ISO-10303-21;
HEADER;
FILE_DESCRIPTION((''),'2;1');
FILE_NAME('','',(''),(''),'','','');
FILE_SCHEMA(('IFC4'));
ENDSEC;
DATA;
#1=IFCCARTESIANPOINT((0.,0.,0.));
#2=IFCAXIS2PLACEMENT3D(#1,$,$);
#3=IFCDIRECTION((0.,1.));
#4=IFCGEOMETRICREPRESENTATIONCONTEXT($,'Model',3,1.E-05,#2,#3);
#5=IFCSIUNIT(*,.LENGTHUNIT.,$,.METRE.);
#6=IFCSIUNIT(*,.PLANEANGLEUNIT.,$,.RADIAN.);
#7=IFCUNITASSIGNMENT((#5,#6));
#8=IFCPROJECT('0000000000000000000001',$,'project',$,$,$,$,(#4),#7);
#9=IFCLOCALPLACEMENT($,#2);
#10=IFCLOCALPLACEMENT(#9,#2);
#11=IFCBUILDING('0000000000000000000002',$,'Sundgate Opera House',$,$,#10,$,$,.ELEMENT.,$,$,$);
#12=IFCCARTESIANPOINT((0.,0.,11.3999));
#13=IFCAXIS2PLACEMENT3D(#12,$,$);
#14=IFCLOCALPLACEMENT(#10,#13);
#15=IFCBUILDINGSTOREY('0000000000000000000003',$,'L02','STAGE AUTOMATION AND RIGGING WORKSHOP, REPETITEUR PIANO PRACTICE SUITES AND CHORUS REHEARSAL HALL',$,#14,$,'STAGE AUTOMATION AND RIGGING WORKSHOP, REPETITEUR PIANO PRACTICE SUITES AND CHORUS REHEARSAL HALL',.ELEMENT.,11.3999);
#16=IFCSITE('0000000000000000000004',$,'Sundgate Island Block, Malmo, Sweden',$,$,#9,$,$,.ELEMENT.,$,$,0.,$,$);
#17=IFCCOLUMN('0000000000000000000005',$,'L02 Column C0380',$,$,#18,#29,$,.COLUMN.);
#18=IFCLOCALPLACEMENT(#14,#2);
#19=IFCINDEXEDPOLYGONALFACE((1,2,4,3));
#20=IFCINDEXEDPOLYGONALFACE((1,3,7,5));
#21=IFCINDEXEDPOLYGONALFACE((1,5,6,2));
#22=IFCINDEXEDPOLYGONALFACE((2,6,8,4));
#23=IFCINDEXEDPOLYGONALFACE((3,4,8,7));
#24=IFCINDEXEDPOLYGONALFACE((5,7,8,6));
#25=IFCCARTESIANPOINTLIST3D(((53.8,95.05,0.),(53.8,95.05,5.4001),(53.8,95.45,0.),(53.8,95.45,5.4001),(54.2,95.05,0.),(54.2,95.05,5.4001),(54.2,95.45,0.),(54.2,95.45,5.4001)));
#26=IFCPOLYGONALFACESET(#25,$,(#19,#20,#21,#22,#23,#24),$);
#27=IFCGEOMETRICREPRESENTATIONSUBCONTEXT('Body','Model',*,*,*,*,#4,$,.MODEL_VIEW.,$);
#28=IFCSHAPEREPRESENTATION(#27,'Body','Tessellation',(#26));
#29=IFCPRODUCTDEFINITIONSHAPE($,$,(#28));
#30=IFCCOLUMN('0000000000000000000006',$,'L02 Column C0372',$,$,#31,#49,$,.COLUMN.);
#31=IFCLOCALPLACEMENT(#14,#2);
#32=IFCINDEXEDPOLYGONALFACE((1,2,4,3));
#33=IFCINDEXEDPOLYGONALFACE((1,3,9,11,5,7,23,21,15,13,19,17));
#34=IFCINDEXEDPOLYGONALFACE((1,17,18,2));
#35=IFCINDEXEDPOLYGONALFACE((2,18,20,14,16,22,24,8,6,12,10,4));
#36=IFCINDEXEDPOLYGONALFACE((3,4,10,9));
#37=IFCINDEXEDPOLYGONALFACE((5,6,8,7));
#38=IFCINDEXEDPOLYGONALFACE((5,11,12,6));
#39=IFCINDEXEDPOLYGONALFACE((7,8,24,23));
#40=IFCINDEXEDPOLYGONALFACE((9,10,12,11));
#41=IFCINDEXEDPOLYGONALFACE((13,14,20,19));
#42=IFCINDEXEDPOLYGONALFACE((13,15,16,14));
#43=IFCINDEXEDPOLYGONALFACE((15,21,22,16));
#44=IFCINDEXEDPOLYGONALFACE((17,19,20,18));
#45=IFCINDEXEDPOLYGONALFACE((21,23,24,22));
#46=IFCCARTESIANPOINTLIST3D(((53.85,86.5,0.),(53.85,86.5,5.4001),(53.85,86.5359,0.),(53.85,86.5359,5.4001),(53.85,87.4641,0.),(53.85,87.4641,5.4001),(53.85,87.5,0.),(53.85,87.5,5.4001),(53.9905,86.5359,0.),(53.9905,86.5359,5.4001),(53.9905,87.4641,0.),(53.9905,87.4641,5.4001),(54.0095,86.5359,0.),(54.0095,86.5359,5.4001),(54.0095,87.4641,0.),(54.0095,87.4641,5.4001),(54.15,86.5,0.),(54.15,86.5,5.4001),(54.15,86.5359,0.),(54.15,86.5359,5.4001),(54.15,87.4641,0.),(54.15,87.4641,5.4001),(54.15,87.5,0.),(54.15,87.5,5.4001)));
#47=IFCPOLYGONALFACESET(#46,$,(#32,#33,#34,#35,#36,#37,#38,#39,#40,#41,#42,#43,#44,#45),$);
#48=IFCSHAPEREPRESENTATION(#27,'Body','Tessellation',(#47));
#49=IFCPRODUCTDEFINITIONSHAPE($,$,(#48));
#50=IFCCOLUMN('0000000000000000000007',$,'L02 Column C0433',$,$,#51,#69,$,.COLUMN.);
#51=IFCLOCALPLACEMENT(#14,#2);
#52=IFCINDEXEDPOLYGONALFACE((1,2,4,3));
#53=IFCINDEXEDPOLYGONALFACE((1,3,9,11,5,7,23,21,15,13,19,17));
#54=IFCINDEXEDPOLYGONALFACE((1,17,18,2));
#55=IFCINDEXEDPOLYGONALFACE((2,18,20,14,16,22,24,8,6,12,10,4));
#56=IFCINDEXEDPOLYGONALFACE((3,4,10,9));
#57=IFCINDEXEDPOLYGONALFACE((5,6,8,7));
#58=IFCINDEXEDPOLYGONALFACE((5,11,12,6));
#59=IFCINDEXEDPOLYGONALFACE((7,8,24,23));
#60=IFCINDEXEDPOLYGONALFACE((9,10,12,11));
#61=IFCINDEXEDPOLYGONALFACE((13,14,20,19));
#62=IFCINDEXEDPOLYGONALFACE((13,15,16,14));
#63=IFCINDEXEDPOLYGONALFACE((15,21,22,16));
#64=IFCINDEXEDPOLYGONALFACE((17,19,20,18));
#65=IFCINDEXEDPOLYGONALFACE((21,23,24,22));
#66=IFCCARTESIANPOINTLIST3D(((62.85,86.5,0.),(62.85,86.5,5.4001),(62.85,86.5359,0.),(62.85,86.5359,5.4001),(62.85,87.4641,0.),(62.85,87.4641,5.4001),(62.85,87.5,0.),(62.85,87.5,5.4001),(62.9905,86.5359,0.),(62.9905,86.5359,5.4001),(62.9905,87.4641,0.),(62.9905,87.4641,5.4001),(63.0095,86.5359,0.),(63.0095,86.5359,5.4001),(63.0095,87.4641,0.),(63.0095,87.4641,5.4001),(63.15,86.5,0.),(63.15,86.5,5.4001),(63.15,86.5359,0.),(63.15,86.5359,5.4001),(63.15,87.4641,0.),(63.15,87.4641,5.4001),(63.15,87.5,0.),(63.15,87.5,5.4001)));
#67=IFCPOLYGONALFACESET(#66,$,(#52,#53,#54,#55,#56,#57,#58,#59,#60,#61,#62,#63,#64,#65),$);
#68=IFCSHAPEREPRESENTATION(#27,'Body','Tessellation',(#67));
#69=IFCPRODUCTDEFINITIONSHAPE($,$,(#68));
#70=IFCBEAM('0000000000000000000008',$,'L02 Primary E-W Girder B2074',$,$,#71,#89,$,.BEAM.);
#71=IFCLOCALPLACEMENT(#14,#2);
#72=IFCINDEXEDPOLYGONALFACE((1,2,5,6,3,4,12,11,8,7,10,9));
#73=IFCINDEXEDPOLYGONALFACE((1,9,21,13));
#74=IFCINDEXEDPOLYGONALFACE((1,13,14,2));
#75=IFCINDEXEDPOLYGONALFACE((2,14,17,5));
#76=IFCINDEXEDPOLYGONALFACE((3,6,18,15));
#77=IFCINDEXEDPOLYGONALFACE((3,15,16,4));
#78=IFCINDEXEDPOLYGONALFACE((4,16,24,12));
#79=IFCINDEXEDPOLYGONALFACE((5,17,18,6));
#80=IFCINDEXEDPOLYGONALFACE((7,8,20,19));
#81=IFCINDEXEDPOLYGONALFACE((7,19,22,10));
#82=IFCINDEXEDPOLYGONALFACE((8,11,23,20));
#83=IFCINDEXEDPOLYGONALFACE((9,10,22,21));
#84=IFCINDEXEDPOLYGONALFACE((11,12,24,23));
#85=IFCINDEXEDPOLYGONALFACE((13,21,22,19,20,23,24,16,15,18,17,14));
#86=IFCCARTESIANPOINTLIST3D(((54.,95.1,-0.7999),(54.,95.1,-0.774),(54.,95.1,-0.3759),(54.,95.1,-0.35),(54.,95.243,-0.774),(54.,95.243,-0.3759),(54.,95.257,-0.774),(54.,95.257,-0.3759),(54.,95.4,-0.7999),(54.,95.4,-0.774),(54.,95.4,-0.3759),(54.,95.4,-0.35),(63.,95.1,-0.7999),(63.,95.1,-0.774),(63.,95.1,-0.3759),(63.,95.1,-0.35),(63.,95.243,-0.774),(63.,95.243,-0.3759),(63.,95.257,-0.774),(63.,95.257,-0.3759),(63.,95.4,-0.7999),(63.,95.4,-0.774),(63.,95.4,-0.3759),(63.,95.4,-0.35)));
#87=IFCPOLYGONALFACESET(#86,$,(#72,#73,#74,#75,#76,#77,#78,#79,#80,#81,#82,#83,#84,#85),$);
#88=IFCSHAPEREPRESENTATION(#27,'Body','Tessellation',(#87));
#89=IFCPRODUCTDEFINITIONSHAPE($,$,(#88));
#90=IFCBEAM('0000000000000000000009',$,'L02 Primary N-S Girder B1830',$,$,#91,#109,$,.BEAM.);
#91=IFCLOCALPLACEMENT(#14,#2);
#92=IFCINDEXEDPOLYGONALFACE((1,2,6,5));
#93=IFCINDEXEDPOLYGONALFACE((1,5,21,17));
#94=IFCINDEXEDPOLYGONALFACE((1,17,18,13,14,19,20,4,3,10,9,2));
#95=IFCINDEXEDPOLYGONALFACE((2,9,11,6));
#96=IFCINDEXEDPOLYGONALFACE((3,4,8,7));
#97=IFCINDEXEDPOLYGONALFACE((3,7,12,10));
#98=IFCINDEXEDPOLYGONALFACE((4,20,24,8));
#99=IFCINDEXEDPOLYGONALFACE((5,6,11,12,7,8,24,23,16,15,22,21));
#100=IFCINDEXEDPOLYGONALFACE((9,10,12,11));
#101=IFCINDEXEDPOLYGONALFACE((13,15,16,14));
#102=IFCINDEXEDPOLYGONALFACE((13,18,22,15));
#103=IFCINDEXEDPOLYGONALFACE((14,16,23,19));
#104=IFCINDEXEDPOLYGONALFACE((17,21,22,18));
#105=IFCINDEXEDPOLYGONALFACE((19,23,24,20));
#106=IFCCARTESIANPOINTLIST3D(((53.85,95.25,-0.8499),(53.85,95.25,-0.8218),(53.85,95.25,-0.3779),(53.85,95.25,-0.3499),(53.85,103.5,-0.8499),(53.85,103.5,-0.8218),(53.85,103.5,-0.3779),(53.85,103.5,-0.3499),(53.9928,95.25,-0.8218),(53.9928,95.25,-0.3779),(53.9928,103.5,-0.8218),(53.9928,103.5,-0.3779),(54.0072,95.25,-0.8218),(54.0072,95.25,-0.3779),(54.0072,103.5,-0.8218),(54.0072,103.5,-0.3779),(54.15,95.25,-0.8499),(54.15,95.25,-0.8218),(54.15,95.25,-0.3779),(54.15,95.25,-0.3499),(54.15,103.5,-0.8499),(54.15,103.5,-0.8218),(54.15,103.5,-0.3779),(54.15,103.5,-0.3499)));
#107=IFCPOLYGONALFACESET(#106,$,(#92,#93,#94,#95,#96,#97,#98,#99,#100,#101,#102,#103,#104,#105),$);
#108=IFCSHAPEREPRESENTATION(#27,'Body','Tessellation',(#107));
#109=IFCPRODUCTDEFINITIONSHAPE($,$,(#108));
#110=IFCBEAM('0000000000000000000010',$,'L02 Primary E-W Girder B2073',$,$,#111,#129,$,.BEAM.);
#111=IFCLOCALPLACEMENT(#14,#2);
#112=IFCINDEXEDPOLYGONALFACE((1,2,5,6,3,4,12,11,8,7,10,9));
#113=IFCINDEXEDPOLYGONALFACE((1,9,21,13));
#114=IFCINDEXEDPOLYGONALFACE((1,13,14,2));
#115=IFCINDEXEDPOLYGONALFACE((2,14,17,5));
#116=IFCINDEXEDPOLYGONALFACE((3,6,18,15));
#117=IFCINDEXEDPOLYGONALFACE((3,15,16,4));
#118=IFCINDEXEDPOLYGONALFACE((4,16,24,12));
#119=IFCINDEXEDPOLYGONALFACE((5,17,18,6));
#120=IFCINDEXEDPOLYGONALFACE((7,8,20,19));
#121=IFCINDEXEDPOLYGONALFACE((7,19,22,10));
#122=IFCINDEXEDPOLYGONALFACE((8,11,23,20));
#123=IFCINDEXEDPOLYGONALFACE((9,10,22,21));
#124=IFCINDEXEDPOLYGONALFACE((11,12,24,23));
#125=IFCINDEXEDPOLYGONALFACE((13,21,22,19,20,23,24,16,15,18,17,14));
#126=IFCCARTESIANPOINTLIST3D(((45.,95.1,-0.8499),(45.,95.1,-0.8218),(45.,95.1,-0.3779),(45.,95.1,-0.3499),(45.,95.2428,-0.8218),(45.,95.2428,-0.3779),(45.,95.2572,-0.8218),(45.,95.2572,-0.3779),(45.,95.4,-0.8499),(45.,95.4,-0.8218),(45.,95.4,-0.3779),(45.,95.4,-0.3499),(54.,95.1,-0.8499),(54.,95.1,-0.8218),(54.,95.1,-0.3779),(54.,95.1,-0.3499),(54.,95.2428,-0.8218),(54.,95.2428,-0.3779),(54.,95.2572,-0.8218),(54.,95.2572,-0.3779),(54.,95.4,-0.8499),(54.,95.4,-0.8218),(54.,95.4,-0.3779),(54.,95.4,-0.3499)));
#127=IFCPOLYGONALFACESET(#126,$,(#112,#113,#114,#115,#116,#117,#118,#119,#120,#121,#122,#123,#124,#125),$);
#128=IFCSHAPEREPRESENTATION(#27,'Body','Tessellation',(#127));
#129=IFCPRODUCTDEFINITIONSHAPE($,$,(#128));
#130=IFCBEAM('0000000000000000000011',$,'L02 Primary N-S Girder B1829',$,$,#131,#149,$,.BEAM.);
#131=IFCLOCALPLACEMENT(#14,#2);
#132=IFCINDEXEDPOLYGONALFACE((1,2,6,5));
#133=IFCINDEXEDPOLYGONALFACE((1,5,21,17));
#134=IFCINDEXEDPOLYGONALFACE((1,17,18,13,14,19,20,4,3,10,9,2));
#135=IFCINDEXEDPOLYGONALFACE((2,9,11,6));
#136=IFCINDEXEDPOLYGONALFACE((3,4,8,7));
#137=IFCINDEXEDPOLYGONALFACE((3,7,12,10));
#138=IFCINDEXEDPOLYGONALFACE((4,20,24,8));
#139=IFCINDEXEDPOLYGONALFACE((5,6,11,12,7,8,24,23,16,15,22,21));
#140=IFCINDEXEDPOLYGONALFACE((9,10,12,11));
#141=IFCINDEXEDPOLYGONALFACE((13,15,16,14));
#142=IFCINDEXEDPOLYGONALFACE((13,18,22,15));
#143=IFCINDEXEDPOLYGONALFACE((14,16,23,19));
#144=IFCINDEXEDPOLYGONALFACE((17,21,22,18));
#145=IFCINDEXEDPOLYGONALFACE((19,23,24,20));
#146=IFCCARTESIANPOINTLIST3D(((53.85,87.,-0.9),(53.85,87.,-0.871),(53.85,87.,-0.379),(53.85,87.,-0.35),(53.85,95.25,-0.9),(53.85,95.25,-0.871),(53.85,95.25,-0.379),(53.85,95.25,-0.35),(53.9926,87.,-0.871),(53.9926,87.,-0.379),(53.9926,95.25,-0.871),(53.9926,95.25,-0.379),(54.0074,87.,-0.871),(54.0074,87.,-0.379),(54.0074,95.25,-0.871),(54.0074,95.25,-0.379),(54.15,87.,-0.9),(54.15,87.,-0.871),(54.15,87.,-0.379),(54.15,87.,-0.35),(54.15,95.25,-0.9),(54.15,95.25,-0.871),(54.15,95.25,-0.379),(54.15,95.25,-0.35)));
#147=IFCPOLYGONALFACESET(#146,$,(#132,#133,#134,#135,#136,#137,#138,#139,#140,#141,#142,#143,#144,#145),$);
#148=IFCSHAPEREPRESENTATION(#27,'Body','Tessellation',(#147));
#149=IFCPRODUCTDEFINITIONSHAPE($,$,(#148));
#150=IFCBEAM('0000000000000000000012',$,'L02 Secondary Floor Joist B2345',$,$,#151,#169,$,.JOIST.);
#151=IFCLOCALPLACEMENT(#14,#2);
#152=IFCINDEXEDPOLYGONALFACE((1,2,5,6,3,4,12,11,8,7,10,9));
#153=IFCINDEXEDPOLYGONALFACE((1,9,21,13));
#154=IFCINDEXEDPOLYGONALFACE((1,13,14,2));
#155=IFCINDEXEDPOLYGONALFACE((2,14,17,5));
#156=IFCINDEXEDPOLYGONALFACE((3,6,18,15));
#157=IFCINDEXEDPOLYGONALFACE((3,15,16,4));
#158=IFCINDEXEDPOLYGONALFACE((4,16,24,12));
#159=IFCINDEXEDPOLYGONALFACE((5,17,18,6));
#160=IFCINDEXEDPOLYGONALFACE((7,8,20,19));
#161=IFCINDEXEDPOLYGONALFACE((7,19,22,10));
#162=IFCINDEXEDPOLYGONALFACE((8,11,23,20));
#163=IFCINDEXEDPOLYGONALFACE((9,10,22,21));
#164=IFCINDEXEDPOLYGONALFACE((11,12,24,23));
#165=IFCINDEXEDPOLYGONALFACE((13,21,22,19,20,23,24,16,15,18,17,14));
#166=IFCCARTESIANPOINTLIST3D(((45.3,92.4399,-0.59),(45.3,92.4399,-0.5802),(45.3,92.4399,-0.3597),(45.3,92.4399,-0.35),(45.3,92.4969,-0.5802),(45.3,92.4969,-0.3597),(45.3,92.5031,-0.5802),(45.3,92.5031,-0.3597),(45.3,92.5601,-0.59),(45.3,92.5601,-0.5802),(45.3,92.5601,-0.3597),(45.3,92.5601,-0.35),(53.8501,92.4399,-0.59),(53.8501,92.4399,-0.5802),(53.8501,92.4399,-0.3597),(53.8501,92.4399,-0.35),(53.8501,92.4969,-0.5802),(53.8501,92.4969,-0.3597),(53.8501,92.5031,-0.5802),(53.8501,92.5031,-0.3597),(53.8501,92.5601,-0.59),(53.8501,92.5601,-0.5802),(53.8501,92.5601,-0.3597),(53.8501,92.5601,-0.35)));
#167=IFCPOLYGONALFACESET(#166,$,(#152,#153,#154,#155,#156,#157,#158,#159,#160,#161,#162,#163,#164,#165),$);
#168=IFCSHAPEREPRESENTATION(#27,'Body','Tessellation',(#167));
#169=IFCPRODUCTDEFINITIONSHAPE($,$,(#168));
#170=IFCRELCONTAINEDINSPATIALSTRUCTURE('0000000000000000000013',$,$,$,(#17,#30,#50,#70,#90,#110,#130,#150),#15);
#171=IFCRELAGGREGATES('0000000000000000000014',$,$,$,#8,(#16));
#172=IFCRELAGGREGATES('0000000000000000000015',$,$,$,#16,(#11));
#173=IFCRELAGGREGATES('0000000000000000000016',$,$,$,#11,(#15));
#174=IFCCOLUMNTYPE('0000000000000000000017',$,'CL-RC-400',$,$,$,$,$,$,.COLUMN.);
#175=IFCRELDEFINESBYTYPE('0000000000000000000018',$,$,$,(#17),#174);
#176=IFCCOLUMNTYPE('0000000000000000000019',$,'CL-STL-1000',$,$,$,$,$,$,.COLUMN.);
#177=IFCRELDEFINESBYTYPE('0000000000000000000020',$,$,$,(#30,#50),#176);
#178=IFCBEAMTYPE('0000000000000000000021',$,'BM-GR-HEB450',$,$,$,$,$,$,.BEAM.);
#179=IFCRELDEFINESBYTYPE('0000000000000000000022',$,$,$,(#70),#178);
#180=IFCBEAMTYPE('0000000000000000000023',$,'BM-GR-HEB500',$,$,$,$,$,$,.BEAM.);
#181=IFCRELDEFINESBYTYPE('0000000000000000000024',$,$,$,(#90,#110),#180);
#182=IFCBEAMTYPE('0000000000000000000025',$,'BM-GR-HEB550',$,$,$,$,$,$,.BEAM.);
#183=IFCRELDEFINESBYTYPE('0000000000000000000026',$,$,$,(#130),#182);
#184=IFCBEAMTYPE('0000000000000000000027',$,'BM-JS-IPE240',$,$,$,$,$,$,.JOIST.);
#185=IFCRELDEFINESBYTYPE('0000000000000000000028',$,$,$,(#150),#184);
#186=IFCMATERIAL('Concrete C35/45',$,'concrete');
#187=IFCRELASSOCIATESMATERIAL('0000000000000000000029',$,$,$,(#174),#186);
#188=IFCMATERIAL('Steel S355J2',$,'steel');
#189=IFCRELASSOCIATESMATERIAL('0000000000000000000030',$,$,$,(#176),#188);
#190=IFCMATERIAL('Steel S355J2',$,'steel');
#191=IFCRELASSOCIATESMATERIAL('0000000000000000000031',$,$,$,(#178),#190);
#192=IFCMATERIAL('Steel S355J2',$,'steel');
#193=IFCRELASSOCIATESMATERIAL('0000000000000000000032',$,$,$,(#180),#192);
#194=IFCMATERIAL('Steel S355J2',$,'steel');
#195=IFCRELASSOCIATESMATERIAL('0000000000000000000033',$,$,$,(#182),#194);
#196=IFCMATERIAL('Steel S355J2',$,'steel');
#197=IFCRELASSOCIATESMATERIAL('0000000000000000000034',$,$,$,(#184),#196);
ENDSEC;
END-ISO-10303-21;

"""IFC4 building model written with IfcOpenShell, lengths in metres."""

from ifc_helpers import new_model, si_unit, direction, frame, origin, origin_2d, place, context, subcontext, project, spatial, rectangle, i_section, extrude, material, material_profile, profile_set, type_object, element, save


model = new_model("IFC4")

# Units and contexts
model_context = context("Model", 3, precision=1e-05, world=origin(), true_north=direction((0.0, 1.0)))
body_context = subcontext(model_context, "Body", "Model", "MODEL_VIEW")
ifc_project = project(units=[si_unit("LENGTHUNIT", "METRE"), si_unit("PLANEANGLEUNIT", "RADIAN")], contexts=[model_context])

# Site, building, storey
site_placement = place(None, origin())
site = spatial("IfcSite", under=ifc_project, at=site_placement, Name="Sundgate Island Block, Malmo, Sweden", CompositionType="ELEMENT", RefElevation=0.0)
building_placement = place(site_placement, origin())
building = spatial("IfcBuilding", under=site, at=building_placement, Name="Sundgate Opera House", CompositionType="ELEMENT")
storey_placement = place(building_placement, frame((0.0, 0.0, 11.3999)))
storey = spatial("IfcBuildingStorey", under=building, at=storey_placement, Name="L02", Description="STAGE AUTOMATION AND RIGGING WORKSHOP, REPETITEUR PIANO PRACTICE SUITES AND CHORUS REHEARSAL HALL", LongName="STAGE AUTOMATION AND RIGGING WORKSHOP, REPETITEUR PIANO PRACTICE SUITES AND CHORUS REHEARSAL HALL", CompositionType="ELEMENT", Elevation=11.3999)

# Columns
ifc_material_1 = material(Name="Concrete C35/45", Category="concrete")
ifc_material_profile_1 = material_profile(ifc_material_1, rectangle(XDim=0.3999, YDim=0.3999, at=origin_2d()), Name="RC 400x400")
ifc_profile_set_1 = profile_set([ifc_material_profile_1], Name="Concrete C35/45")
column_type_1 = type_object("IfcColumnType", Name="CL-RC-400", PredefinedType="COLUMN", material=ifc_profile_set_1)
column_placement = place(storey_placement, frame((54.0, 95.25, 0.0), z_axis=(0.0, 0.0, 1.0), x_axis=(1.0, 0.0, 0.0)))
element("IfcColumn", 1, at=column_placement, inside=storey, type_object=column_type_1, Name="L02 Column C0380", PredefinedType="COLUMN", context=body_context, shape_type="SweptSolid", body=[
    extrude(rectangle(XDim=0.3999, YDim=0.3999, at=origin_2d()), origin(), (0.0, 0.0, 1.0), 5.4001),
])
ifc_material_2 = material(Name="Steel S355J2", Category="steel")
ifc_material_profile_2 = material_profile(ifc_material_2, i_section(OverallWidth=0.3, OverallDepth=1.0, WebThickness=0.019, FlangeThickness=0.0359, at=origin_2d()), Name="HEB 1000")
ifc_profile_set_2 = profile_set([ifc_material_profile_2], Name="Steel S355J2")
column_type_2 = type_object("IfcColumnType", Name="CL-STL-1000", PredefinedType="COLUMN", material=ifc_profile_set_2)
for number, where, z_axis, x_axis, name in (
    (2, (54.0, 87.0, 0.0), (0.0, 0.0, 1.0), (1.0, 0.0, 0.0), "L02 Column C0372"),
    (3, (63.0, 87.0, 0.0), (0.0, 0.0, 1.0), (1.0, 0.0, 0.0), "L02 Column C0433"),
):
    element("IfcColumn", number, at=place(storey_placement, frame(where, z_axis=z_axis, x_axis=x_axis)), inside=storey, type_object=column_type_2, Name=name, PredefinedType="COLUMN", context=body_context, shape_type="SweptSolid", body=[
        extrude(i_section(OverallWidth=0.3, OverallDepth=1.0, WebThickness=0.019, FlangeThickness=0.0359, at=origin_2d()), origin(), (0.0, 0.0, 1.0), 5.4001),
    ])

# Beams
ifc_material_3 = material(Name="Steel S355J2", Category="steel")
ifc_material_profile_3 = material_profile(ifc_material_3, i_section(OverallWidth=0.3, OverallDepth=0.45, WebThickness=0.0139, FlangeThickness=0.0259, at=origin_2d()), Name="HEB 450")
ifc_profile_set_3 = profile_set([ifc_material_profile_3], Name="Steel S355J2")
beam_type_1 = type_object("IfcBeamType", Name="BM-GR-HEB450", PredefinedType="BEAM", material=ifc_profile_set_3)
beam_1_placement = place(storey_placement, frame((54.0, 95.25, -0.575), z_axis=(1.0, 0.0, 0.0), x_axis=(0.0, 1.0, 0.0)))
element("IfcBeam", 4, at=beam_1_placement, inside=storey, type_object=beam_type_1, Name="L02 Primary E-W Girder B2074", PredefinedType="BEAM", context=body_context, shape_type="SweptSolid", body=[
    extrude(i_section(OverallWidth=0.3, OverallDepth=0.45, WebThickness=0.0139, FlangeThickness=0.0259, at=origin_2d()), origin(), (0.0, 0.0, 1.0), 9.0),
])
ifc_material_4 = material(Name="Steel S355J2", Category="steel")
ifc_material_profile_4 = material_profile(ifc_material_4, i_section(OverallWidth=0.3, OverallDepth=0.5, WebThickness=0.0144, FlangeThickness=0.0281, at=origin_2d()), Name="HEB 500")
ifc_profile_set_4 = profile_set([ifc_material_profile_4], Name="Steel S355J2")
beam_type_2 = type_object("IfcBeamType", Name="BM-GR-HEB500", PredefinedType="BEAM", material=ifc_profile_set_4)
beam_2_placement = place(storey_placement, frame((54.0, 95.25, -0.5999), z_axis=(0.0, 1.0, 0.0), x_axis=(-1.0, 0.0, 0.0)))
element("IfcBeam", 5, at=beam_2_placement, inside=storey, type_object=beam_type_2, Name="L02 Primary N-S Girder B1830", PredefinedType="BEAM", context=body_context, shape_type="SweptSolid", body=[
    extrude(i_section(OverallWidth=0.3, OverallDepth=0.5, WebThickness=0.0144, FlangeThickness=0.0281, at=origin_2d()), origin(), (0.0, 0.0, 1.0), 8.25),
])
beam_3_placement = place(storey_placement, frame((45.0, 95.25, -0.5999), z_axis=(1.0, 0.0, 0.0), x_axis=(0.0, 1.0, 0.0)))
element("IfcBeam", 6, at=beam_3_placement, inside=storey, type_object=beam_type_2, Name="L02 Primary E-W Girder B2073", PredefinedType="BEAM", context=body_context, shape_type="SweptSolid", body=[
    extrude(i_section(OverallWidth=0.3, OverallDepth=0.5, WebThickness=0.0144, FlangeThickness=0.0281, at=origin_2d()), origin(), (0.0, 0.0, 1.0), 9.0),
])
ifc_material_5 = material(Name="Steel S355J2", Category="steel")
ifc_material_profile_5 = material_profile(ifc_material_5, i_section(OverallWidth=0.3, OverallDepth=0.55, WebThickness=0.0149, FlangeThickness=0.0291, at=origin_2d()), Name="HEB 550")
ifc_profile_set_5 = profile_set([ifc_material_profile_5], Name="Steel S355J2")
beam_type_3 = type_object("IfcBeamType", Name="BM-GR-HEB550", PredefinedType="BEAM", material=ifc_profile_set_5)
beam_4_placement = place(storey_placement, frame((54.0, 87.0, -0.625), z_axis=(0.0, 1.0, 0.0), x_axis=(-1.0, 0.0, 0.0)))
element("IfcBeam", 7, at=beam_4_placement, inside=storey, type_object=beam_type_3, Name="L02 Primary N-S Girder B1829", PredefinedType="BEAM", context=body_context, shape_type="SweptSolid", body=[
    extrude(i_section(OverallWidth=0.3, OverallDepth=0.55, WebThickness=0.0149, FlangeThickness=0.0291, at=origin_2d()), origin(), (0.0, 0.0, 1.0), 8.25),
])
ifc_material_6 = material(Name="Steel S355J2", Category="steel")
ifc_material_profile_6 = material_profile(ifc_material_6, i_section(OverallWidth=0.1201, OverallDepth=0.24, WebThickness=0.0061, FlangeThickness=0.0098, at=origin_2d()), Name="IPE 240")
ifc_profile_set_6 = profile_set([ifc_material_profile_6], Name="Steel S355J2")
beam_type_4 = type_object("IfcBeamType", Name="BM-JS-IPE240", PredefinedType="JOIST", material=ifc_profile_set_6)
beam_5_placement = place(storey_placement, frame((45.3, 92.5, -0.47), z_axis=(1.0, 0.0, 0.0), x_axis=(0.0, 1.0, 0.0)))
element("IfcBeam", 8, at=beam_5_placement, inside=storey, type_object=beam_type_4, Name="L02 Secondary Floor Joist B2345", PredefinedType="JOIST", context=body_context, shape_type="SweptSolid", body=[
    extrude(i_section(OverallWidth=0.1201, OverallDepth=0.24, WebThickness=0.0061, FlangeThickness=0.0098, at=origin_2d()), origin(), (0.0, 0.0, 1.0), 8.55),
])

save(model, "model.ifc")
